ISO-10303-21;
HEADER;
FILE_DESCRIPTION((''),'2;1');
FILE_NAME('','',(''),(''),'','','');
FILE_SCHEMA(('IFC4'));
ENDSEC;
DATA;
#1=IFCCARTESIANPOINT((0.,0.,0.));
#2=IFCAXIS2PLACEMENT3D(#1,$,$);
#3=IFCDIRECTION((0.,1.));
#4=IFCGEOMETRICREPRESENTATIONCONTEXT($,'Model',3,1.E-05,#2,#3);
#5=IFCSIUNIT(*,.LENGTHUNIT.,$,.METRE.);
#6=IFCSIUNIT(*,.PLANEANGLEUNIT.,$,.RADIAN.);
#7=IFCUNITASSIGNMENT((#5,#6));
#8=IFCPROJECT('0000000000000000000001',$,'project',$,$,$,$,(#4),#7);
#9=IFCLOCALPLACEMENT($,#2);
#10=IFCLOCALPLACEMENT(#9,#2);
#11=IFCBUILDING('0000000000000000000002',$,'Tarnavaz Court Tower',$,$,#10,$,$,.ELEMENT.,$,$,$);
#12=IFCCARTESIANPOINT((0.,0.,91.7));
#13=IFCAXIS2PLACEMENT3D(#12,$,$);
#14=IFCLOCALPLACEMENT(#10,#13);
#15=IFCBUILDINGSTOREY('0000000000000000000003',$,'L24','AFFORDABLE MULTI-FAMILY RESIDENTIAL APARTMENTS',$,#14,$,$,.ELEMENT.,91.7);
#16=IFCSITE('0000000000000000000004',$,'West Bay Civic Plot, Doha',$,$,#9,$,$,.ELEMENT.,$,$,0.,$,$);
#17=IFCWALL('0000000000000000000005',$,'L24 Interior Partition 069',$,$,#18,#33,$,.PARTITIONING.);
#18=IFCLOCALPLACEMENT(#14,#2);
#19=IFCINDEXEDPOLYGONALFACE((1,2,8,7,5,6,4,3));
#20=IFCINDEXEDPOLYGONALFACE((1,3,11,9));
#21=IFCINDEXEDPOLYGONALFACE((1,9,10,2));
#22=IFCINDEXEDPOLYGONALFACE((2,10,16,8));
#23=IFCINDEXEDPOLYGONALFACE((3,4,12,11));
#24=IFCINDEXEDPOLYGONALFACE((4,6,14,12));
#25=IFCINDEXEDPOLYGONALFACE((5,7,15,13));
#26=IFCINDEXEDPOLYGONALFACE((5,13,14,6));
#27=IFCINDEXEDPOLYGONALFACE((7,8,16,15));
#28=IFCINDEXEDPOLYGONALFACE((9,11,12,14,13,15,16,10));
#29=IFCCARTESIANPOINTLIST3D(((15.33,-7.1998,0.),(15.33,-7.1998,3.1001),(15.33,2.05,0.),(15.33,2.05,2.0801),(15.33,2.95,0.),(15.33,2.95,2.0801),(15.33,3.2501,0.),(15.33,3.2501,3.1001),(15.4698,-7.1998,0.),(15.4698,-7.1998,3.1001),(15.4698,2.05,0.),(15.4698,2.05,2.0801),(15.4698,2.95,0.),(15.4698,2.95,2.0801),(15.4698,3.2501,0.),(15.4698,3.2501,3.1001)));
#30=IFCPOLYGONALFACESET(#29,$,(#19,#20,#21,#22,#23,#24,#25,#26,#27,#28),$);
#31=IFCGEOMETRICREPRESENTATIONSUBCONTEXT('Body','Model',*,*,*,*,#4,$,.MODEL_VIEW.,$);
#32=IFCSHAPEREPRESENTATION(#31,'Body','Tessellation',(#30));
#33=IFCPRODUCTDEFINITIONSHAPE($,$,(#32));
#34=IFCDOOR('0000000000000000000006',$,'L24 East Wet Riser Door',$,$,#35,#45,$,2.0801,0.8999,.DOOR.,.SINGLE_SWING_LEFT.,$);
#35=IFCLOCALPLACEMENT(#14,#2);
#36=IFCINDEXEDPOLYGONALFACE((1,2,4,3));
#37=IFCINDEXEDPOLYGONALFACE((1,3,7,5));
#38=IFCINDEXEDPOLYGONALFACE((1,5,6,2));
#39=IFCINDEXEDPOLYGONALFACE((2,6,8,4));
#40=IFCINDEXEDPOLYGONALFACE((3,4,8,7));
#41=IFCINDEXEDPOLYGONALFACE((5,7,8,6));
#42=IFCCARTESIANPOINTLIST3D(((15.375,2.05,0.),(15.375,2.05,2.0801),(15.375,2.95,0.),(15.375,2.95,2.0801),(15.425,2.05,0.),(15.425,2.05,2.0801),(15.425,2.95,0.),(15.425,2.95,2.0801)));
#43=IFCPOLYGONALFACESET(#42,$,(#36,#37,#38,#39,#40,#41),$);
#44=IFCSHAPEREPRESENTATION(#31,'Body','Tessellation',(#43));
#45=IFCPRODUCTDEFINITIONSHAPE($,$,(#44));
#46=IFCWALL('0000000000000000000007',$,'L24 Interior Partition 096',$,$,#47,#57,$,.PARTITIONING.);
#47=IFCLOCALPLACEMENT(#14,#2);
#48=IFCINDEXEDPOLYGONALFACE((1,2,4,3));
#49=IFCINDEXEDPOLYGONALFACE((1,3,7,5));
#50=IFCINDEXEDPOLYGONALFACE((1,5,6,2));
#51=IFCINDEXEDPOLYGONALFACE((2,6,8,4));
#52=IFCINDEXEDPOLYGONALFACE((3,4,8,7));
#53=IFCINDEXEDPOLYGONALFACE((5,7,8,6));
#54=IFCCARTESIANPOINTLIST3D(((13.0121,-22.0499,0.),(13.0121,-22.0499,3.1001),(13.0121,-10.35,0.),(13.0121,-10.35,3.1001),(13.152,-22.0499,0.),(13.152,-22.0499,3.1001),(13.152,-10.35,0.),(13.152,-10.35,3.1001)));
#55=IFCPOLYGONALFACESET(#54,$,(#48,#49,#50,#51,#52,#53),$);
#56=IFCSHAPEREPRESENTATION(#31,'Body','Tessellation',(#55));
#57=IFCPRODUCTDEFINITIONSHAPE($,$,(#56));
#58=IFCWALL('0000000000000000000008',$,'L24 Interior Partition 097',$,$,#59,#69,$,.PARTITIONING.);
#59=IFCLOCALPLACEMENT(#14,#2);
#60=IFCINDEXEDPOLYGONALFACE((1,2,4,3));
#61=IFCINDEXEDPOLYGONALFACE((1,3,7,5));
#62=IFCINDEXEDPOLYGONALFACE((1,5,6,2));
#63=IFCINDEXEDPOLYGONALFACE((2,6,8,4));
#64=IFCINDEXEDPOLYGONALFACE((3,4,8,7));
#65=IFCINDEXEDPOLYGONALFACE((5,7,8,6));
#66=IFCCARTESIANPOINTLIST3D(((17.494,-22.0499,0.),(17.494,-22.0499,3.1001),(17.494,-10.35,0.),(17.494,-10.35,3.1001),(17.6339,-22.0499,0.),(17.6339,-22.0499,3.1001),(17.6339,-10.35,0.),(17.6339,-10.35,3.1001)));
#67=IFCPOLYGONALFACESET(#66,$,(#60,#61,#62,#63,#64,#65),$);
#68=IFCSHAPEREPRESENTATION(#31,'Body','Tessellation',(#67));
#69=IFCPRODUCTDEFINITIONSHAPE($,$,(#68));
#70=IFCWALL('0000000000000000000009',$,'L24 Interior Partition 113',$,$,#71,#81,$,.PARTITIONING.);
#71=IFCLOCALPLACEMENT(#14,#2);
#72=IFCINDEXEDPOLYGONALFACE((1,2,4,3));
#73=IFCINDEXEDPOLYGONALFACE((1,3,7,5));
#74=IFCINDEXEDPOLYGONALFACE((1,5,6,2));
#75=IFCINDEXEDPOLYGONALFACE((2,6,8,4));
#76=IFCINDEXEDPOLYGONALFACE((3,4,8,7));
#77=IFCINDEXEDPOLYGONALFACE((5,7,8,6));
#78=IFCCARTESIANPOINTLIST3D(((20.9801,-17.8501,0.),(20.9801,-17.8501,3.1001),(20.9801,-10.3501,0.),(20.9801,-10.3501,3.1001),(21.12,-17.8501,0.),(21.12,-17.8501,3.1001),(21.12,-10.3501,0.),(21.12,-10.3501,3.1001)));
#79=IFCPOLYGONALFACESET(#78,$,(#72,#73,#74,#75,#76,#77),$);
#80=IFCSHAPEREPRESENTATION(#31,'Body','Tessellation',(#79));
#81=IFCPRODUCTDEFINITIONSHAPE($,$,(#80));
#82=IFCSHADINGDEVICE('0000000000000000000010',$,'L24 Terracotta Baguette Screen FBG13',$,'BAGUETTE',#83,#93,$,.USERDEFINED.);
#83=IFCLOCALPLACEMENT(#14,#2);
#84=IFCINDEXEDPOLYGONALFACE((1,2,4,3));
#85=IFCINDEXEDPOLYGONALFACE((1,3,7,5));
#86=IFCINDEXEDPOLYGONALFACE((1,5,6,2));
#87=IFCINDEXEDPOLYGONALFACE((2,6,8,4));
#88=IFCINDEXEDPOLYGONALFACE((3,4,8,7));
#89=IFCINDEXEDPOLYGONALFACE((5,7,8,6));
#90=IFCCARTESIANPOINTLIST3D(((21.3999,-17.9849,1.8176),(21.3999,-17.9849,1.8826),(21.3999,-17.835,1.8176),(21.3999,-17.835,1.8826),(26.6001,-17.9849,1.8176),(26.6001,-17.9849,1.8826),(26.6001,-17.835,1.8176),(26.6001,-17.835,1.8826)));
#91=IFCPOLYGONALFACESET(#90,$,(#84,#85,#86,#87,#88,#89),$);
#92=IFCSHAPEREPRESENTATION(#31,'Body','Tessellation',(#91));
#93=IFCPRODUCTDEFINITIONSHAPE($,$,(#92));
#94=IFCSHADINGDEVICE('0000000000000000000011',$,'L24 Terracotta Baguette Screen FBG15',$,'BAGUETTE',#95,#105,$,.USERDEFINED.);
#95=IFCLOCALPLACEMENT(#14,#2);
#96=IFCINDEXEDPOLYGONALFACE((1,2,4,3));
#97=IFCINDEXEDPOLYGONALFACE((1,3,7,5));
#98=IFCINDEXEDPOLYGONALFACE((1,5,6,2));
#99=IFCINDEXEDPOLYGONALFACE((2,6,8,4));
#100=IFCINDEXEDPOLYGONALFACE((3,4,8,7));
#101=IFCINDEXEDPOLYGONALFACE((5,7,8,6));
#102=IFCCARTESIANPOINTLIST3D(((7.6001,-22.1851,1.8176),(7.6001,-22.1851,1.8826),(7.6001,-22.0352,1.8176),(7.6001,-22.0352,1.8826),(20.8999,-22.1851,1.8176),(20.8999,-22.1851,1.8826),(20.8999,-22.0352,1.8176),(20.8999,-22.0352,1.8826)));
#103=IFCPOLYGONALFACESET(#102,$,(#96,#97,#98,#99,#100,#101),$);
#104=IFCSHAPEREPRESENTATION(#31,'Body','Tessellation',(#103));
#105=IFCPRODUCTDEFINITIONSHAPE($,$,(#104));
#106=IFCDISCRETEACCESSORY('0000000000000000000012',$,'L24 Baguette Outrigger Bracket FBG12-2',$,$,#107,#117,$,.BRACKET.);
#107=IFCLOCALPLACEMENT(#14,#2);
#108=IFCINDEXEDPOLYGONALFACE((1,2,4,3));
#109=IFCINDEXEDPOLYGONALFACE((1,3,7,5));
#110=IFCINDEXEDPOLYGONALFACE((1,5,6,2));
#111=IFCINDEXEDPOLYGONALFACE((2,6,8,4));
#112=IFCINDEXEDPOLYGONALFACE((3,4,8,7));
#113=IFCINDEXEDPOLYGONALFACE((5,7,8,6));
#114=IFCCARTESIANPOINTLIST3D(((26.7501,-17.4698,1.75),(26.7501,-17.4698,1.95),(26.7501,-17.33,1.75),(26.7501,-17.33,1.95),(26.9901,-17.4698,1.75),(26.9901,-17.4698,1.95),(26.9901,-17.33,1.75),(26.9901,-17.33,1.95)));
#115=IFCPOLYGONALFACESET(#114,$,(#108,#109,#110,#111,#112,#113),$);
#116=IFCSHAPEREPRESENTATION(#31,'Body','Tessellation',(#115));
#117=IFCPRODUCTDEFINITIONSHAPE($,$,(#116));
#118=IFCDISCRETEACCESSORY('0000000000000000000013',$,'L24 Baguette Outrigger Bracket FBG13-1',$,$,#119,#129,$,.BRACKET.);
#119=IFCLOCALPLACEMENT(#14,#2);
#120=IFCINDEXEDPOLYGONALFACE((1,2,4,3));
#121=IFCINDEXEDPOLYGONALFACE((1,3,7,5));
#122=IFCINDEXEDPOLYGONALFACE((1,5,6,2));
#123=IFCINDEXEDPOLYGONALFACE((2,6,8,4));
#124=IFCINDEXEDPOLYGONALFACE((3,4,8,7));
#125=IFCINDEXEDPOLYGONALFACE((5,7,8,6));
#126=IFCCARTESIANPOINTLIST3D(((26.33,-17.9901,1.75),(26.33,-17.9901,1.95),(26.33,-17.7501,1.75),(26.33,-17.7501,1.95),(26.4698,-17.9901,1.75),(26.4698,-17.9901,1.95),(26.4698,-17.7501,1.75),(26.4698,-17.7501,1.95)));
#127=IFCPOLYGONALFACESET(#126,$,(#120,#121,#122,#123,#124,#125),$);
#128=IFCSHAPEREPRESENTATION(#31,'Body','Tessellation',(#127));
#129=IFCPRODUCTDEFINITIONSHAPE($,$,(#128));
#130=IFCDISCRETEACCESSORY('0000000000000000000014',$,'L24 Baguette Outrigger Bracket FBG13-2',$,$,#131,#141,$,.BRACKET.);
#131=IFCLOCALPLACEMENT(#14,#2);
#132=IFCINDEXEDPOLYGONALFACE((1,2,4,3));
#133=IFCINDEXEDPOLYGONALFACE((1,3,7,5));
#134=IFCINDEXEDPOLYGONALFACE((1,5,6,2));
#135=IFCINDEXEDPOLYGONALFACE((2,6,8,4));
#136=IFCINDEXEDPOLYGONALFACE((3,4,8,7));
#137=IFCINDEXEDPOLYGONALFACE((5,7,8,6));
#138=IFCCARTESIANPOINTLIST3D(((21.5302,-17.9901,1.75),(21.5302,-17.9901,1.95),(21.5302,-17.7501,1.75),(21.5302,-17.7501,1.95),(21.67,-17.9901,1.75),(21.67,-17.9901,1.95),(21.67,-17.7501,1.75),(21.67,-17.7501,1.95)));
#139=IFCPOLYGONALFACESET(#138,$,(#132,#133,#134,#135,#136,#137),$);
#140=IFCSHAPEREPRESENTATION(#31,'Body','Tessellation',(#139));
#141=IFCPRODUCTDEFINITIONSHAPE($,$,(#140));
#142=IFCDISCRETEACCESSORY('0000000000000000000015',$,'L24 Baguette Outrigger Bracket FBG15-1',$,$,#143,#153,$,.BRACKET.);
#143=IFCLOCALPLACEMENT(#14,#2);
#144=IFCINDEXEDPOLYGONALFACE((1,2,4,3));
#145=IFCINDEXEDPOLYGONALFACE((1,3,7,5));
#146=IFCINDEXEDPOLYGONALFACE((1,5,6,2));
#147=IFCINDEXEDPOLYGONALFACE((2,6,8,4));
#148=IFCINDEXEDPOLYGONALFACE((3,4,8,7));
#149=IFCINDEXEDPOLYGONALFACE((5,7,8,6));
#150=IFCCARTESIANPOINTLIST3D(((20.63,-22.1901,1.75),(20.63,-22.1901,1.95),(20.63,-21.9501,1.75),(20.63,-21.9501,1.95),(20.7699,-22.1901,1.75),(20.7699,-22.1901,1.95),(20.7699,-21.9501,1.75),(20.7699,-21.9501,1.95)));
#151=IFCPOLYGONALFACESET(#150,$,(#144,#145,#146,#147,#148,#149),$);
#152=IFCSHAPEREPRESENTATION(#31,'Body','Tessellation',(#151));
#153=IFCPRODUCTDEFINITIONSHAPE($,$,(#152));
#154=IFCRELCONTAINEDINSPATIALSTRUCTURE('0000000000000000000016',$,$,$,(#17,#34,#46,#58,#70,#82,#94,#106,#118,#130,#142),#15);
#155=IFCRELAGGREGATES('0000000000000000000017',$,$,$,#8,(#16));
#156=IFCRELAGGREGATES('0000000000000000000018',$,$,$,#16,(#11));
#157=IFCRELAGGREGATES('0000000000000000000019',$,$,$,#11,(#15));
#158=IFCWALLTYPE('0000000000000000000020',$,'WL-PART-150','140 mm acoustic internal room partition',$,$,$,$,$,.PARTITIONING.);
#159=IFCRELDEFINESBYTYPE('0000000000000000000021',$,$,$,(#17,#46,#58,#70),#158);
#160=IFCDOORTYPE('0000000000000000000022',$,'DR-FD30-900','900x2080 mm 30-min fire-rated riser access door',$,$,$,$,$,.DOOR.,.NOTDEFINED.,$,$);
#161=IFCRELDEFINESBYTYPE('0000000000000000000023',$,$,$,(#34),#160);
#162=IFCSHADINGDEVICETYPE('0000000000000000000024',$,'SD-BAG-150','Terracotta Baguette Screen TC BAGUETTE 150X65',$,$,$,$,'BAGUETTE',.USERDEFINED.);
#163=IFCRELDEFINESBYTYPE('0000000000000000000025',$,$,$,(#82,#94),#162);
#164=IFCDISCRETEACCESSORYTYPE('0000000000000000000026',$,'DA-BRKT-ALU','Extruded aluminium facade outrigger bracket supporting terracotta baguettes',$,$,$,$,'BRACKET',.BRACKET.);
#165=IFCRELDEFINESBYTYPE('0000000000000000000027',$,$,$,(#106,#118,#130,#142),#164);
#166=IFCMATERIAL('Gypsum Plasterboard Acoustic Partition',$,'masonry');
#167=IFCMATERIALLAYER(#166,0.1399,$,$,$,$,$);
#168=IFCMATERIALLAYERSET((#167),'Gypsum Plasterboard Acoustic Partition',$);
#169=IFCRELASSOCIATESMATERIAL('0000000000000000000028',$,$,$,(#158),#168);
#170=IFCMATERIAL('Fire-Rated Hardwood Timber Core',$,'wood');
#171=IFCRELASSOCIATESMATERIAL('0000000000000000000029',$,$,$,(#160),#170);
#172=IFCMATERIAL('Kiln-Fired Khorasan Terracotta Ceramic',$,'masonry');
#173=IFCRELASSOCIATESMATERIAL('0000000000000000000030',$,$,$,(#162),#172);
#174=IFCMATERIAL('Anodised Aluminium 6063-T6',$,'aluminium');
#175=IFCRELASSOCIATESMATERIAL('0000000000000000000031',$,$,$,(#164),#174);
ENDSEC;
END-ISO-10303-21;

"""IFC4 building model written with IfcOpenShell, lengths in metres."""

from ifc_helpers import new_model, si_unit, direction, frame, frame_2d, origin, origin_2d, place, context, subcontext, project, spatial, rectangle, extrude, material, layer, layer_set, material_profile, profile_set, type_object, element, fill, save


model = new_model("IFC4")

# Units and contexts
model_context = context("Model", 3, precision=1e-05, world=origin(), true_north=direction((0.0, 1.0)))
body_context = subcontext(model_context, "Body", "Model", "MODEL_VIEW")
ifc_project = project(units=[si_unit("LENGTHUNIT", "METRE"), si_unit("PLANEANGLEUNIT", "RADIAN")], contexts=[model_context])

# Site, building, storey
site_placement = place(None, origin())
site = spatial("IfcSite", under=ifc_project, at=site_placement, Name="West Bay Civic Plot, Doha", CompositionType="ELEMENT", RefElevation=0.0)
building_placement = place(site_placement, origin())
building = spatial("IfcBuilding", under=site, at=building_placement, Name="Tarnavaz Court Tower", CompositionType="ELEMENT")
storey_placement = place(building_placement, frame((0.0, 0.0, 91.7)))
storey = spatial("IfcBuildingStorey", under=building, at=storey_placement, Name="L24", Description="AFFORDABLE MULTI-FAMILY RESIDENTIAL APARTMENTS", CompositionType="ELEMENT", Elevation=91.7)

# Wall, opening, door
ifc_material_1 = material(Name="Fire-Rated Hardwood Timber Core", Category="wood")
ifc_material_2 = material(Name="Gypsum Plasterboard Acoustic Partition", Category="masonry")
ifc_layer_1 = layer(ifc_material_2, 0.1399)
ifc_layer_set_1 = layer_set([ifc_layer_1], Name="Gypsum Plasterboard Acoustic Partition")
wall_type_1 = type_object("IfcWallType", Name="WL-PART-150", Description="140 mm acoustic internal room partition", PredefinedType="PARTITIONING", material=ifc_layer_set_1)
wall_1_placement = place(storey_placement, frame((15.3999, -7.2, 0.0), z_axis=(0.0, 0.0, 1.0), x_axis=(0.0, 1.0, 0.0)))
wall_1 = element("IfcWall", 1, at=wall_1_placement, inside=storey, type_object=wall_type_1, Name="L24 Interior Partition 069", PredefinedType="PARTITIONING", context=body_context, shape_type="SweptSolid", body=[
    extrude(rectangle(XDim=10.45, YDim=0.1399, at=frame_2d((5.2251, 0.0))), origin(), (0.0, 0.0, 1.0), 3.1001),
])
opening_1_placement = place(wall_1_placement, frame((9.25, 0.0, 0.0)))
opening_1 = element("IfcOpeningElement", 2, at=opening_1_placement, cuts=wall_1, PredefinedType="OPENING", context=body_context, shape_type="SweptSolid", body=[
    extrude(rectangle(XDim=0.8999, YDim=2.0801, at=frame_2d((0.45, 1.04))), frame((0.0, 0.0798, 0.0), z_axis=(0.0, -1.0, 0.0), x_axis=(1.0, 0.0, 0.0)), (0.0, 0.0, 1.0), 0.1599),
])
door_type_1 = type_object("IfcDoorType", Name="DR-FD30-900", Description="900x2080 mm 30-min fire-rated riser access door", OperationType="NOTDEFINED", PredefinedType="DOOR", material=ifc_material_1)
door_1_placement = place(opening_1_placement, origin())
door_1 = element("IfcDoor", 3, at=door_1_placement, inside=storey, type_object=door_type_1, Name="L24 East Wet Riser Door", OperationType="SINGLE_SWING_LEFT", OverallHeight=2.0801, OverallWidth=0.8999, PredefinedType="DOOR", context=body_context, shape_type="SweptSolid", body=[
    extrude(rectangle(XDim=0.8999, YDim=2.0801, at=frame_2d((0.45, 1.04))), frame((0.0, 0.0249, 0.0), z_axis=(0.0, -1.0, 0.0), x_axis=(1.0, 0.0, 0.0)), (0.0, 0.0, 1.0), 0.05),
])
fill(opening_1, door_1)

# Walls
for number, where, z_axis, x_axis, name in (
    (4, (13.082, -22.05, 0.0), (0.0, 0.0, 1.0), (0.0, 1.0, 0.0), "L24 Interior Partition 096"),
    (5, (17.564, -22.05, 0.0), (0.0, 0.0, 1.0), (0.0, 1.0, 0.0), "L24 Interior Partition 097"),
):
    element("IfcWall", number, at=place(storey_placement, frame(where, z_axis=z_axis, x_axis=x_axis)), inside=storey, type_object=wall_type_1, Name=name, PredefinedType="PARTITIONING", context=body_context, shape_type="SweptSolid", body=[
        extrude(rectangle(XDim=11.7, YDim=0.1399, at=frame_2d((5.8501, 0.0))), origin(), (0.0, 0.0, 1.0), 3.1001),
    ])
wall_2_placement = place(storey_placement, frame((21.05, -17.8501, 0.0), z_axis=(0.0, 0.0, 1.0), x_axis=(0.0, 1.0, 0.0)))
element("IfcWall", 6, at=wall_2_placement, inside=storey, type_object=wall_type_1, Name="L24 Interior Partition 113", PredefinedType="PARTITIONING", context=body_context, shape_type="SweptSolid", body=[
    extrude(rectangle(XDim=7.5, YDim=0.1399, at=frame_2d((3.75, 0.0))), origin(), (0.0, 0.0, 1.0), 3.1001),
])

# Shading devices
ifc_material_3 = material(Name="Kiln-Fired Khorasan Terracotta Ceramic", Category="masonry")
ifc_material_profile_1 = material_profile(ifc_material_3, rectangle(XDim=0.1499, YDim=0.0649, at=origin_2d()), Name="TC BAGUETTE 150X65")
ifc_profile_set_1 = profile_set([ifc_material_profile_1], Name="Kiln-Fired Khorasan Terracotta Ceramic")
shading_device_type = type_object("IfcShadingDeviceType", Name="SD-BAG-150", Description="Terracotta Baguette Screen TC BAGUETTE 150X65", ElementType="BAGUETTE", PredefinedType="USERDEFINED", material=ifc_profile_set_1)
shading_device_1_placement = place(storey_placement, frame((26.6001, -17.9099, 1.8501), z_axis=(-1.0, 0.0, 0.0), x_axis=(0.0, -1.0, 0.0)))
element("IfcShadingDevice", 7, at=shading_device_1_placement, inside=storey, type_object=shading_device_type, Name="L24 Terracotta Baguette Screen FBG13", ObjectType="BAGUETTE", PredefinedType="USERDEFINED", context=body_context, shape_type="SweptSolid", body=[
    extrude(rectangle(XDim=0.1499, YDim=0.0649, at=origin_2d()), origin(), (0.0, 0.0, 1.0), 5.2002),
])
shading_device_2_placement = place(storey_placement, frame((20.8999, -22.1101, 1.8501), z_axis=(-1.0, 0.0, 0.0), x_axis=(0.0, -1.0, 0.0)))
element("IfcShadingDevice", 8, at=shading_device_2_placement, inside=storey, type_object=shading_device_type, Name="L24 Terracotta Baguette Screen FBG15", ObjectType="BAGUETTE", PredefinedType="USERDEFINED", context=body_context, shape_type="SweptSolid", body=[
    extrude(rectangle(XDim=0.1499, YDim=0.0649, at=origin_2d()), origin(), (0.0, 0.0, 1.0), 13.2998),
])

# Discrete accessories
ifc_material_4 = material(Name="Anodised Aluminium 6063-T6", Category="aluminium")
discrete_accessory_type = type_object("IfcDiscreteAccessoryType", Name="DA-BRKT-ALU", Description="Extruded aluminium facade outrigger bracket supporting terracotta baguettes", ElementType="BRACKET", PredefinedType="BRACKET", material=ifc_material_4)
for number, where, z_axis, x_axis, name in (
    (9, (26.8701, -17.3999, 1.75), (0.0, 0.0, 1.0), (0.0, -1.0, 0.0), "L24 Baguette Outrigger Bracket FBG12-2"),
    (10, (26.3999, -17.8701, 1.75), (0.0, 0.0, 1.0), (-1.0, 0.0, 0.0), "L24 Baguette Outrigger Bracket FBG13-1"),
    (11, (21.6001, -17.8701, 1.75), (0.0, 0.0, 1.0), (-1.0, 0.0, 0.0), "L24 Baguette Outrigger Bracket FBG13-2"),
    (12, (20.7, -22.0701, 1.75), (0.0, 0.0, 1.0), (-1.0, 0.0, 0.0), "L24 Baguette Outrigger Bracket FBG15-1"),
):
    element("IfcDiscreteAccessory", number, at=place(storey_placement, frame(where, z_axis=z_axis, x_axis=x_axis)), inside=storey, type_object=discrete_accessory_type, Name=name, PredefinedType="BRACKET", context=body_context, shape_type="SweptSolid", body=[
        extrude(rectangle(XDim=0.1399, YDim=0.24, at=origin_2d()), origin(), (0.0, 0.0, 1.0), 0.2),
    ])

save(model, "model.ifc")
